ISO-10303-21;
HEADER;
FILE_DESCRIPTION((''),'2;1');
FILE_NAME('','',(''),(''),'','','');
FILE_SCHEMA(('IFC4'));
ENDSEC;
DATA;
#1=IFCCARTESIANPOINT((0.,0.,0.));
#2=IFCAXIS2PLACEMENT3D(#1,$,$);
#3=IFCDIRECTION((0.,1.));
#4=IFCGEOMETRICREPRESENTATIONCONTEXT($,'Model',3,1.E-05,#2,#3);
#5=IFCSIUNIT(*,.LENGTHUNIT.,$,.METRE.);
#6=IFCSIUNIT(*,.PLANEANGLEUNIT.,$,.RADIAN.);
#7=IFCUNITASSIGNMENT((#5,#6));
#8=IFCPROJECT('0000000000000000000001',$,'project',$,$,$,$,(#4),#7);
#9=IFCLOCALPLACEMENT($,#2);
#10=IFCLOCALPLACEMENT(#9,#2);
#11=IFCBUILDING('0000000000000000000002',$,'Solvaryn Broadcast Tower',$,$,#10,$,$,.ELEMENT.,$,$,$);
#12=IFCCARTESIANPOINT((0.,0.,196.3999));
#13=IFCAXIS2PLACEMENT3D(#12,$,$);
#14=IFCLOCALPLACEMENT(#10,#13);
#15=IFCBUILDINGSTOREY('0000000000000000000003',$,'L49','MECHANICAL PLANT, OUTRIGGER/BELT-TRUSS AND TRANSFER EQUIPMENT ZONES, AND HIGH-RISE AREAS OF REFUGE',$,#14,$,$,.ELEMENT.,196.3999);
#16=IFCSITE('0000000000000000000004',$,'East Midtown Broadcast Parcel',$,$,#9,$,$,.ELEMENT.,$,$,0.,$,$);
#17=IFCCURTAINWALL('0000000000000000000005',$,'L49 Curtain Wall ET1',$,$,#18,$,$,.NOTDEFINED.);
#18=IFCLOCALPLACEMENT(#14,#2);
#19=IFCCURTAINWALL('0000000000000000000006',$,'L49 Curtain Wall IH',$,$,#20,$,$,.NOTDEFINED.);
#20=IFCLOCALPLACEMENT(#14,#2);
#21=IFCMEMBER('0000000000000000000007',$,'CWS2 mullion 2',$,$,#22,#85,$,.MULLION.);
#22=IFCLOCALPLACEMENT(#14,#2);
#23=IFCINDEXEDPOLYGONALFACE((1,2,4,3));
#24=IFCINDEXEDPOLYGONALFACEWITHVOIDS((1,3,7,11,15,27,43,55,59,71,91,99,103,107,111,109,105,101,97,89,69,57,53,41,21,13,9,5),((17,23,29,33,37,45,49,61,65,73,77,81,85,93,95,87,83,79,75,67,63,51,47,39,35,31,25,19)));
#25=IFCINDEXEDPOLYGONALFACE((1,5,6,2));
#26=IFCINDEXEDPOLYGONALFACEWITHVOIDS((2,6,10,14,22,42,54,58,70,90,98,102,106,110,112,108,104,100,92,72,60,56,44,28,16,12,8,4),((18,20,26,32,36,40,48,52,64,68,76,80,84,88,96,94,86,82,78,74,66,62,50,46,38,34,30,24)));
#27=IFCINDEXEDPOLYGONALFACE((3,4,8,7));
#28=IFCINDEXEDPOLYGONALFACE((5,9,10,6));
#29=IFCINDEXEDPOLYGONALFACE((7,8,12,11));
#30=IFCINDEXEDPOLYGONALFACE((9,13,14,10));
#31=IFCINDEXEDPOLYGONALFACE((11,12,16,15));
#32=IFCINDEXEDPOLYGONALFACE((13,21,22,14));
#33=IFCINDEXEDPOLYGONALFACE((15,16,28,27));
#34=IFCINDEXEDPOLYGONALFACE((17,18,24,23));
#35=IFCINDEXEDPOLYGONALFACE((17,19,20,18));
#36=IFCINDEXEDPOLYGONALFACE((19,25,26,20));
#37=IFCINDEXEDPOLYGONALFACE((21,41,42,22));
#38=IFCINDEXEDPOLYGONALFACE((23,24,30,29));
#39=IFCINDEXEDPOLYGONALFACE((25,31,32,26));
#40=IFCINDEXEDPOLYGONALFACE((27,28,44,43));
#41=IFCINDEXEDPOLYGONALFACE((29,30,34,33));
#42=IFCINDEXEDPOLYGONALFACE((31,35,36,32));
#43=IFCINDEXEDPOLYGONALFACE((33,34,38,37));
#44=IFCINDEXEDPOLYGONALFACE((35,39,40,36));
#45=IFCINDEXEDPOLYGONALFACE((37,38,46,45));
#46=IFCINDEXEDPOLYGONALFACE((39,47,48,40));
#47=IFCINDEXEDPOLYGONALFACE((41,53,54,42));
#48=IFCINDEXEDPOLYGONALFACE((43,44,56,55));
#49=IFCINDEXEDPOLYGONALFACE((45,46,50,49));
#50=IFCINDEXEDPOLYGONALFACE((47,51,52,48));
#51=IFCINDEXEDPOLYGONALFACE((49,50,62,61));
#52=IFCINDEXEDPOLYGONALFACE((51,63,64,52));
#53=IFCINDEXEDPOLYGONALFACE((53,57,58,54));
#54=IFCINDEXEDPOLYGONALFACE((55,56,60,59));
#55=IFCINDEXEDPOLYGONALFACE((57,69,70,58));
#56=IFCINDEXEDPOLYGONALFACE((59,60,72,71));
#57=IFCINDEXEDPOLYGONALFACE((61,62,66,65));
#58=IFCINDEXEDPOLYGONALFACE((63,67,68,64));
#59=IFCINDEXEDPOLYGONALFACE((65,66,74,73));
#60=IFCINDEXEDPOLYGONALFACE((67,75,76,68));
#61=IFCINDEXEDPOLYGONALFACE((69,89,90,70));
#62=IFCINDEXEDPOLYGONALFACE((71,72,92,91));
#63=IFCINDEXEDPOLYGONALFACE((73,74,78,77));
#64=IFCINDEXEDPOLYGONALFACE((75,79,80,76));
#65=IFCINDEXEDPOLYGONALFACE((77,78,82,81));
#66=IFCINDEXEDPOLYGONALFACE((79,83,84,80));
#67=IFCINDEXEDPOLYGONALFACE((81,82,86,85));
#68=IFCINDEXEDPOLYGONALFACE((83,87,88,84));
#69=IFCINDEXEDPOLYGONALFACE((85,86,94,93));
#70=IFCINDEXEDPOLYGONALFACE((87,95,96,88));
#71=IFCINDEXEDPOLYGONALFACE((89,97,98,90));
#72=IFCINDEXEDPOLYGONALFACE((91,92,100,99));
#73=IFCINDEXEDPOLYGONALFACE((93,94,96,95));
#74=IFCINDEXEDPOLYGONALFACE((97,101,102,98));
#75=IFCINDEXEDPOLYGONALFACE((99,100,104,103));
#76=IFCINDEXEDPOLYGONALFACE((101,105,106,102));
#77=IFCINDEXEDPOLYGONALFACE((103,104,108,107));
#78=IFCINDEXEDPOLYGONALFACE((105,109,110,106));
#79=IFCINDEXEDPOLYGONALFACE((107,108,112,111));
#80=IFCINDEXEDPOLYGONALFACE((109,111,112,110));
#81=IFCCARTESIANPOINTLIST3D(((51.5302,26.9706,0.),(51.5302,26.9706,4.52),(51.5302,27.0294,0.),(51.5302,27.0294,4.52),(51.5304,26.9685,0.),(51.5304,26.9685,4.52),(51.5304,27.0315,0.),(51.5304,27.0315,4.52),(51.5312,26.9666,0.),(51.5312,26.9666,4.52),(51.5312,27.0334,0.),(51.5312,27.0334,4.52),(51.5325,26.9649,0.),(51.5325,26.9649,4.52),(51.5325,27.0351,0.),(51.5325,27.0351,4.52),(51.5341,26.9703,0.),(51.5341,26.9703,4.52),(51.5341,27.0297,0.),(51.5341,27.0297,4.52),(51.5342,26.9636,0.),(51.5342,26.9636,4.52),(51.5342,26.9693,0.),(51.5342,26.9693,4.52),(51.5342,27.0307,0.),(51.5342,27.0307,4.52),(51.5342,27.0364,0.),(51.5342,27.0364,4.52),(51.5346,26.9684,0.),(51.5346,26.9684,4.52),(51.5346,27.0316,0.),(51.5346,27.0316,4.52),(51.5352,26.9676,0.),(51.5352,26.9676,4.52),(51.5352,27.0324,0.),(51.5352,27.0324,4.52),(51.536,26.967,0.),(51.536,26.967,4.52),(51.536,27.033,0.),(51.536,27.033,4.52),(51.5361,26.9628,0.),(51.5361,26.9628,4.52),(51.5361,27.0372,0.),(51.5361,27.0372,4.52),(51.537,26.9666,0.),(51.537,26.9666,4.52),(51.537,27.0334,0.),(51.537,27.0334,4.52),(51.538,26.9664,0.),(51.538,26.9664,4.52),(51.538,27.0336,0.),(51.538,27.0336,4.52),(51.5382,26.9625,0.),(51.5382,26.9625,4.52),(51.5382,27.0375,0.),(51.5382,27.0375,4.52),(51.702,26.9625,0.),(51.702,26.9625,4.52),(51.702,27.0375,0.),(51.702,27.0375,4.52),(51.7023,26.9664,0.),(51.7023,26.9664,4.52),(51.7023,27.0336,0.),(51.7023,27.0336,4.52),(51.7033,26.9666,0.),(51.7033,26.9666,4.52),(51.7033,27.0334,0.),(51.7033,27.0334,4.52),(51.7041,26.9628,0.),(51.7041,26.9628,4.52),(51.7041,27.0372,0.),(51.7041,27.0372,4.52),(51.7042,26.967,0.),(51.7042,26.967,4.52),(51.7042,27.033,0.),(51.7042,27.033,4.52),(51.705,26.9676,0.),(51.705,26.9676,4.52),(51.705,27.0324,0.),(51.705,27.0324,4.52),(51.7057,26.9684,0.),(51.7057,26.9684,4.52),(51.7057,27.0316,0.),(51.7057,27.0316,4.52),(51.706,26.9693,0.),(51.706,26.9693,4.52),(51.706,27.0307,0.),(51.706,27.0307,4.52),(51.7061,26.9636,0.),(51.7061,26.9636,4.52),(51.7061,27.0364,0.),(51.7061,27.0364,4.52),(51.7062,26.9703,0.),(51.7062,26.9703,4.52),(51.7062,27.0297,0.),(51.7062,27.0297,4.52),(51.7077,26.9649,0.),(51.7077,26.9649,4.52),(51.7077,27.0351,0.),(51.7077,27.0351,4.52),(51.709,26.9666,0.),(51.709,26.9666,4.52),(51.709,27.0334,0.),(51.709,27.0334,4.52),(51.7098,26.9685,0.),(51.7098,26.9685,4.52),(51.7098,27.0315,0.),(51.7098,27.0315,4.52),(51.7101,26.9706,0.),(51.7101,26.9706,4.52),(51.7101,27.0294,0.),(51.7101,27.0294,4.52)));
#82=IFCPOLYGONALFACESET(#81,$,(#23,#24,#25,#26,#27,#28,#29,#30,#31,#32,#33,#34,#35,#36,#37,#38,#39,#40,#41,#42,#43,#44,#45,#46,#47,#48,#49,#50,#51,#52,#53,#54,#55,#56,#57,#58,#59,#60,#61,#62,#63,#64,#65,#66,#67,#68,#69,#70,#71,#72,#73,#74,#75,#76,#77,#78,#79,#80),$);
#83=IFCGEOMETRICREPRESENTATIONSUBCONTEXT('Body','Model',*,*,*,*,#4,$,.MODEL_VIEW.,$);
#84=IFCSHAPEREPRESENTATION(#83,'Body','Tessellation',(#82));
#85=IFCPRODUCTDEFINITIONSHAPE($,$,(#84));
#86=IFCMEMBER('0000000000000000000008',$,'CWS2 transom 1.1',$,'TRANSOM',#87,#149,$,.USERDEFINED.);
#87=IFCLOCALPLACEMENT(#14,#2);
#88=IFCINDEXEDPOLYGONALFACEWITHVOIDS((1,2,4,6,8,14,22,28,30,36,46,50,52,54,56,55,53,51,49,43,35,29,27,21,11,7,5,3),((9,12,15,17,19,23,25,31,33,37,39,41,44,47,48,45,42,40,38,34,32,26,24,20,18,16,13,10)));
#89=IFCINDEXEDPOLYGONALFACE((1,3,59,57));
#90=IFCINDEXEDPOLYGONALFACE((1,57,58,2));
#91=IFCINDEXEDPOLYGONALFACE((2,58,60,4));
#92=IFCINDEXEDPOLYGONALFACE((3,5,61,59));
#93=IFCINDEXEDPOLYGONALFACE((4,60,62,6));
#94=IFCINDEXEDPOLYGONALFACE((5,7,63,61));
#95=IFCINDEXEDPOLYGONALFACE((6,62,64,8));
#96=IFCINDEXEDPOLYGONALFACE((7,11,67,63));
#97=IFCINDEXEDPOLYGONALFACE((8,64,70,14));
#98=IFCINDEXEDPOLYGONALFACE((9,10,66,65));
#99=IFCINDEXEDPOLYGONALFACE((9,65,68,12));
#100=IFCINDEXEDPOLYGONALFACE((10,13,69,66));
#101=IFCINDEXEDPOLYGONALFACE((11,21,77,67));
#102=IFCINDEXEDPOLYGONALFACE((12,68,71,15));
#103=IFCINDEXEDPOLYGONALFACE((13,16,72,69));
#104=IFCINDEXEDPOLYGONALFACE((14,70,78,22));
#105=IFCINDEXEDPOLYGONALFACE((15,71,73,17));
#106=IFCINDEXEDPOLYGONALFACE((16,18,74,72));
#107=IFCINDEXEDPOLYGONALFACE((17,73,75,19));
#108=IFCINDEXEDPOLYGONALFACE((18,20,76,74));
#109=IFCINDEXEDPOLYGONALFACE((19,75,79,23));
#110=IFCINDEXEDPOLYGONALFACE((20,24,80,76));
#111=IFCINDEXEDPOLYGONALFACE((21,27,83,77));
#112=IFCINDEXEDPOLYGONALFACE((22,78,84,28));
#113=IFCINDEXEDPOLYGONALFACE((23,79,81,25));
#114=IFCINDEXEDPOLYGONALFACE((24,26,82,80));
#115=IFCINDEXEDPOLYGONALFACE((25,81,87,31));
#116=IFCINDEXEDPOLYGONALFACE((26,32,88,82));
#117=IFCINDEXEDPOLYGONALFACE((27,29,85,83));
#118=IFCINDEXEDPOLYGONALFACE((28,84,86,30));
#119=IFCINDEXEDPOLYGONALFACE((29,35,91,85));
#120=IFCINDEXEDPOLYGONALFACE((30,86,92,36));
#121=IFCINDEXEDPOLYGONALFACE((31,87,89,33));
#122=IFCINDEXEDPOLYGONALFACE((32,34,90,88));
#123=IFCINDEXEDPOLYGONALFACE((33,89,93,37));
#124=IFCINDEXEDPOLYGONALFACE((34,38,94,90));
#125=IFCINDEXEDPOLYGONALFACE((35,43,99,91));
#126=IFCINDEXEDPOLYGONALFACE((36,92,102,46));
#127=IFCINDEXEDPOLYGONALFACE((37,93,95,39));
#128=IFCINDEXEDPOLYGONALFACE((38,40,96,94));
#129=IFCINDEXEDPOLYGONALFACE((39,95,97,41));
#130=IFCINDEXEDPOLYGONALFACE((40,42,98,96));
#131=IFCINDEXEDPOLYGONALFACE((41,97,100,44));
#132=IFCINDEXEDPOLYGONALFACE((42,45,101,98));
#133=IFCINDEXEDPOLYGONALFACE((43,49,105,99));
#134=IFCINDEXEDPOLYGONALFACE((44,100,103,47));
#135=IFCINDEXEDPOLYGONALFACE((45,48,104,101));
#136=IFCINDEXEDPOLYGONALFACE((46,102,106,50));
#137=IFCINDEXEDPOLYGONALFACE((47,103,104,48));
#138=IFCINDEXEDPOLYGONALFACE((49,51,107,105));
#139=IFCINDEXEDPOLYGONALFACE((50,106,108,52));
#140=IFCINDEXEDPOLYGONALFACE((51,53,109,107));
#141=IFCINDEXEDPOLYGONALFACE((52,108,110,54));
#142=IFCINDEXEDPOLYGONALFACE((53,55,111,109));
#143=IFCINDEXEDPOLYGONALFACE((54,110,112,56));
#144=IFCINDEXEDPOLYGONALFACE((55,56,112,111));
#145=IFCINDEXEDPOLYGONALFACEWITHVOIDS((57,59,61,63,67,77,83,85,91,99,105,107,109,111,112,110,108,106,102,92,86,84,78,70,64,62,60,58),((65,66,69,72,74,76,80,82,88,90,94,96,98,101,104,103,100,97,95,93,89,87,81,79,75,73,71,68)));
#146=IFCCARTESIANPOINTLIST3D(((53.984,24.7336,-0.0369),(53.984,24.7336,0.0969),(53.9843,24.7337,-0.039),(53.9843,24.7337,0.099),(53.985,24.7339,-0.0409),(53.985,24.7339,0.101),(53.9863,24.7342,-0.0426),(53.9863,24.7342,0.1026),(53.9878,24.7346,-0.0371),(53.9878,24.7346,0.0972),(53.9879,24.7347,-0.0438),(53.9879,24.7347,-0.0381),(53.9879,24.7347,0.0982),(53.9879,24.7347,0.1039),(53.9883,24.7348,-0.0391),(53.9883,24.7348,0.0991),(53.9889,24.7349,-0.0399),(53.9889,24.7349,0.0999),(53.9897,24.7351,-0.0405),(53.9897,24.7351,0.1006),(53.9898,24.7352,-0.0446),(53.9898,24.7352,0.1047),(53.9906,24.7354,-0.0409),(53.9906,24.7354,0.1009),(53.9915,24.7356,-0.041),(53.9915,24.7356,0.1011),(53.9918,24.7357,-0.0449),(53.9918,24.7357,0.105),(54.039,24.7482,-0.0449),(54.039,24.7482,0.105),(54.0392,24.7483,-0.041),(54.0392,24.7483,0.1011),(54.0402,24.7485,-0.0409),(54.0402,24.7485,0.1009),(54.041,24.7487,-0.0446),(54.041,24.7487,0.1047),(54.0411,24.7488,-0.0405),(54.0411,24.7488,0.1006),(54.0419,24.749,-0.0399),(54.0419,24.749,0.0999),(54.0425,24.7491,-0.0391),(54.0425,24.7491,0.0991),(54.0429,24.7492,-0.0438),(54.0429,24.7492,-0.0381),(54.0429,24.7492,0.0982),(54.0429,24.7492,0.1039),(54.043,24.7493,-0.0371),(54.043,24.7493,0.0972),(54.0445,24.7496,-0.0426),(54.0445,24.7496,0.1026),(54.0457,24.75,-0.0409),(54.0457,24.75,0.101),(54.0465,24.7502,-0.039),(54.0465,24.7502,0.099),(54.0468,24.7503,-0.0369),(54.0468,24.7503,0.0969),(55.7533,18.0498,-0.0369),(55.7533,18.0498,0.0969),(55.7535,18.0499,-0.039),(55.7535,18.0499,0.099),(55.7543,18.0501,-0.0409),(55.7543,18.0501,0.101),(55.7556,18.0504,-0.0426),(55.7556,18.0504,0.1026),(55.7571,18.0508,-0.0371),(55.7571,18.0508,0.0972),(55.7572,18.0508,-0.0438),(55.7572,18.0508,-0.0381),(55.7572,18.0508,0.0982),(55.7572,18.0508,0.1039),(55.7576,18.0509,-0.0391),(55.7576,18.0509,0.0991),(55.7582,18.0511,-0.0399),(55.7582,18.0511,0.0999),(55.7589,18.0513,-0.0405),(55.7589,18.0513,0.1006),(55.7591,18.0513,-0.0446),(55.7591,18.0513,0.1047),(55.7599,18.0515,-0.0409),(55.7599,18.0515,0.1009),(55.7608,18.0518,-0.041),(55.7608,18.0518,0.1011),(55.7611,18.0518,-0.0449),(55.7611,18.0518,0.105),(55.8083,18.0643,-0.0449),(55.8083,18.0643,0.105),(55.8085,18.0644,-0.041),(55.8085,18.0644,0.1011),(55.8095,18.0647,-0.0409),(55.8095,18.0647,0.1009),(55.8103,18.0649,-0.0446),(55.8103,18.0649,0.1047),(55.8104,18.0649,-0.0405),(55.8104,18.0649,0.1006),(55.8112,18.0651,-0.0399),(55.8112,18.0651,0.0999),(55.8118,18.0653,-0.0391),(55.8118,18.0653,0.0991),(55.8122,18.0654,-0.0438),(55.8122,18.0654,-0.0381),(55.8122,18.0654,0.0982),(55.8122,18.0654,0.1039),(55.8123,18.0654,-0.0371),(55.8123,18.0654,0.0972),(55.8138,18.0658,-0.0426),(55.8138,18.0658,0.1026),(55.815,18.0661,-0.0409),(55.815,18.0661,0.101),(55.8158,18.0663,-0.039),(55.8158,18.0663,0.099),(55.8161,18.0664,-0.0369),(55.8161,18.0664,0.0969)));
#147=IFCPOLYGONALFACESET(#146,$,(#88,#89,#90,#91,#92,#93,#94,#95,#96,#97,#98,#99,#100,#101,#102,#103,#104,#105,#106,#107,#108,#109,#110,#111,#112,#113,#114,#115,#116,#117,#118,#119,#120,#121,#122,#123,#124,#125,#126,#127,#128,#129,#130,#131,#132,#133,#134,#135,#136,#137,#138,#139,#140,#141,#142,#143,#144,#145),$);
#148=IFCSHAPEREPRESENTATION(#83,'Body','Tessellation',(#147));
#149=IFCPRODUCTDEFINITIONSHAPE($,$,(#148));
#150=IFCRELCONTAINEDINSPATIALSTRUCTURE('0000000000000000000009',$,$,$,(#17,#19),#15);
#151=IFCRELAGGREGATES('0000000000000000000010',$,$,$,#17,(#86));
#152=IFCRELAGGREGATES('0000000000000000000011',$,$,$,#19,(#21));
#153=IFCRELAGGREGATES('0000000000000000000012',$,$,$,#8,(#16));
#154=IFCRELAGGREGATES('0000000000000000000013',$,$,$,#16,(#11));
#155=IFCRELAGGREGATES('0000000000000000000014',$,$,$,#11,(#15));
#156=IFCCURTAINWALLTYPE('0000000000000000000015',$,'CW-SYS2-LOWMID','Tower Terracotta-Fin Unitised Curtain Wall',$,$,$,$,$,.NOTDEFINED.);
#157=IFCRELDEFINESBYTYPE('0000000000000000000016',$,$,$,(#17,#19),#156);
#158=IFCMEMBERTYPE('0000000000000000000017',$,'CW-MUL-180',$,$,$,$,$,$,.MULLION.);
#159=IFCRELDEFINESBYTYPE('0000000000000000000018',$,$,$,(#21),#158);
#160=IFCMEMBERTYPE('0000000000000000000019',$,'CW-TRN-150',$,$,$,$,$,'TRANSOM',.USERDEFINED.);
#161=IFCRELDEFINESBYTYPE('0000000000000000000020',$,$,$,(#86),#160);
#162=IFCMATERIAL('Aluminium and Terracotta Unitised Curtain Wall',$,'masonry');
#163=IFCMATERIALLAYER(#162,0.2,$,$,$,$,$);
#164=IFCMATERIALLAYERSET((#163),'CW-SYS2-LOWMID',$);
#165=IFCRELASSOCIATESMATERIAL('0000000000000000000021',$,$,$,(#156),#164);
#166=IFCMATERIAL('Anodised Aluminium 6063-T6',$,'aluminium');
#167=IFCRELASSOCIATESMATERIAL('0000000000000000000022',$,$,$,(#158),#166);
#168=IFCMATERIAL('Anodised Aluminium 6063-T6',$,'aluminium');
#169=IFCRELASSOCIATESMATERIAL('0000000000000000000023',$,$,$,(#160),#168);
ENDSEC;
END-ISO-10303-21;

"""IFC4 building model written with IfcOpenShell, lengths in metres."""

from ifc_helpers import new_model, si_unit, direction, frame, origin, origin_2d, place, context, subcontext, project, spatial, hollow_rectangle, extrude, material, layer, layer_set, material_profile, profile_set, type_object, element, aggregate, save


model = new_model("IFC4")

# Units and contexts
model_context = context("Model", 3, precision=1e-05, world=origin(), true_north=direction((0.0, 1.0)))
body_context = subcontext(model_context, "Body", "Model", "MODEL_VIEW")
ifc_project = project(units=[si_unit("LENGTHUNIT", "METRE"), si_unit("PLANEANGLEUNIT", "RADIAN")], contexts=[model_context])

# Site, building, storey
site_placement = place(None, origin())
site = spatial("IfcSite", under=ifc_project, at=site_placement, Name="East Midtown Broadcast Parcel", CompositionType="ELEMENT", RefElevation=0.0)
building_placement = place(site_placement, origin())
building = spatial("IfcBuilding", under=site, at=building_placement, Name="Solvaryn Broadcast Tower", CompositionType="ELEMENT")
storey_placement = place(building_placement, frame((0.0, 0.0, 196.3999)))
storey = spatial("IfcBuildingStorey", under=building, at=storey_placement, Name="L49", Description="MECHANICAL PLANT, OUTRIGGER/BELT-TRUSS AND TRANSFER EQUIPMENT ZONES, AND HIGH-RISE AREAS OF REFUGE", CompositionType="ELEMENT", Elevation=196.3999)

# Curtain wall
ifc_material_1 = material(Name="Aluminium and Terracotta Unitised Curtain Wall", Category="masonry")
ifc_layer_1 = layer(ifc_material_1, 0.2)
ifc_layer_set_1 = layer_set([ifc_layer_1], Name="CW-SYS2-LOWMID")
curtain_wall_type = type_object("IfcCurtainWallType", Name="CW-SYS2-LOWMID", Description="Tower Terracotta-Fin Unitised Curtain Wall", PredefinedType="NOTDEFINED", material=ifc_layer_set_1)
curtain_wall_1_placement = place(storey_placement, origin())
curtain_wall_1 = element("IfcCurtainWall", 1, at=curtain_wall_1_placement, inside=storey, type_object=curtain_wall_type, Name="L49 Curtain Wall ET1", PredefinedType="NOTDEFINED")
ifc_material_2 = material(Name="Anodised Aluminium 6063-T6", Category="aluminium")
ifc_material_profile_1 = material_profile(ifc_material_2, hollow_rectangle(XDim=0.075, YDim=0.1799, WallThickness=0.0039, InnerFilletRadius=0.0039, OuterFilletRadius=0.0081, at=origin_2d()))
ifc_profile_set_1 = profile_set([ifc_material_profile_1], Name="Anodised Aluminium 6063-T6")
member_type_1 = type_object("IfcMemberType", Name="CW-MUL-180", PredefinedType="MULLION", material=ifc_profile_set_1)

# Curtain wall, member
curtain_wall_2_placement = place(storey_placement, origin())
curtain_wall_2 = element("IfcCurtainWall", 2, at=curtain_wall_2_placement, inside=storey, type_object=curtain_wall_type, Name="L49 Curtain Wall IH", PredefinedType="NOTDEFINED")
member_1_placement = place(storey_placement, frame((51.6201, 27.0, 0.0), z_axis=(0.0, 0.0, 1.0), x_axis=(0.0, 1.0, 0.0)))
member_1 = element("IfcMember", 3, at=member_1_placement, type_object=member_type_1, Name="CWS2 mullion 2", PredefinedType="MULLION", context=body_context, shape_type="SweptSolid", body=[
    extrude(hollow_rectangle(XDim=0.075, YDim=0.1799, WallThickness=0.0039, InnerFilletRadius=0.0039, OuterFilletRadius=0.0081, at=origin_2d()), origin(), (0.0, 0.0, 1.0), 4.52),
])

# Member
ifc_material_3 = material(Name="Anodised Aluminium 6063-T6", Category="aluminium")
ifc_material_profile_2 = material_profile(ifc_material_3, hollow_rectangle(XDim=0.0649, YDim=0.1499, WallThickness=0.0039, InnerFilletRadius=0.0039, OuterFilletRadius=0.0081, at=origin_2d()))
ifc_profile_set_2 = profile_set([ifc_material_profile_2], Name="Anodised Aluminium 6063-T6")
member_type_2 = type_object("IfcMemberType", Name="CW-TRN-150", ElementType="TRANSOM", PredefinedType="USERDEFINED", material=ifc_profile_set_2)
member_2_placement = place(storey_placement, frame((54.0154, 24.7419, 0.03), z_axis=(0.255897, -0.966704, 0.0), x_axis=(0.966704, 0.255897, 0.0)))
member_2 = element("IfcMember", 4, at=member_2_placement, type_object=member_type_2, Name="CWS2 transom 1.1", ObjectType="TRANSOM", PredefinedType="USERDEFINED", context=body_context, shape_type="SweptSolid", body=[
    extrude(hollow_rectangle(XDim=0.0649, YDim=0.1499, WallThickness=0.0039, InnerFilletRadius=0.0039, OuterFilletRadius=0.0081, at=origin_2d()), origin(), (0.0, 0.0, 1.0), 6.9141),
])

aggregate(curtain_wall_1, [member_2])
aggregate(curtain_wall_2, [member_1])

save(model, "model.ifc")
